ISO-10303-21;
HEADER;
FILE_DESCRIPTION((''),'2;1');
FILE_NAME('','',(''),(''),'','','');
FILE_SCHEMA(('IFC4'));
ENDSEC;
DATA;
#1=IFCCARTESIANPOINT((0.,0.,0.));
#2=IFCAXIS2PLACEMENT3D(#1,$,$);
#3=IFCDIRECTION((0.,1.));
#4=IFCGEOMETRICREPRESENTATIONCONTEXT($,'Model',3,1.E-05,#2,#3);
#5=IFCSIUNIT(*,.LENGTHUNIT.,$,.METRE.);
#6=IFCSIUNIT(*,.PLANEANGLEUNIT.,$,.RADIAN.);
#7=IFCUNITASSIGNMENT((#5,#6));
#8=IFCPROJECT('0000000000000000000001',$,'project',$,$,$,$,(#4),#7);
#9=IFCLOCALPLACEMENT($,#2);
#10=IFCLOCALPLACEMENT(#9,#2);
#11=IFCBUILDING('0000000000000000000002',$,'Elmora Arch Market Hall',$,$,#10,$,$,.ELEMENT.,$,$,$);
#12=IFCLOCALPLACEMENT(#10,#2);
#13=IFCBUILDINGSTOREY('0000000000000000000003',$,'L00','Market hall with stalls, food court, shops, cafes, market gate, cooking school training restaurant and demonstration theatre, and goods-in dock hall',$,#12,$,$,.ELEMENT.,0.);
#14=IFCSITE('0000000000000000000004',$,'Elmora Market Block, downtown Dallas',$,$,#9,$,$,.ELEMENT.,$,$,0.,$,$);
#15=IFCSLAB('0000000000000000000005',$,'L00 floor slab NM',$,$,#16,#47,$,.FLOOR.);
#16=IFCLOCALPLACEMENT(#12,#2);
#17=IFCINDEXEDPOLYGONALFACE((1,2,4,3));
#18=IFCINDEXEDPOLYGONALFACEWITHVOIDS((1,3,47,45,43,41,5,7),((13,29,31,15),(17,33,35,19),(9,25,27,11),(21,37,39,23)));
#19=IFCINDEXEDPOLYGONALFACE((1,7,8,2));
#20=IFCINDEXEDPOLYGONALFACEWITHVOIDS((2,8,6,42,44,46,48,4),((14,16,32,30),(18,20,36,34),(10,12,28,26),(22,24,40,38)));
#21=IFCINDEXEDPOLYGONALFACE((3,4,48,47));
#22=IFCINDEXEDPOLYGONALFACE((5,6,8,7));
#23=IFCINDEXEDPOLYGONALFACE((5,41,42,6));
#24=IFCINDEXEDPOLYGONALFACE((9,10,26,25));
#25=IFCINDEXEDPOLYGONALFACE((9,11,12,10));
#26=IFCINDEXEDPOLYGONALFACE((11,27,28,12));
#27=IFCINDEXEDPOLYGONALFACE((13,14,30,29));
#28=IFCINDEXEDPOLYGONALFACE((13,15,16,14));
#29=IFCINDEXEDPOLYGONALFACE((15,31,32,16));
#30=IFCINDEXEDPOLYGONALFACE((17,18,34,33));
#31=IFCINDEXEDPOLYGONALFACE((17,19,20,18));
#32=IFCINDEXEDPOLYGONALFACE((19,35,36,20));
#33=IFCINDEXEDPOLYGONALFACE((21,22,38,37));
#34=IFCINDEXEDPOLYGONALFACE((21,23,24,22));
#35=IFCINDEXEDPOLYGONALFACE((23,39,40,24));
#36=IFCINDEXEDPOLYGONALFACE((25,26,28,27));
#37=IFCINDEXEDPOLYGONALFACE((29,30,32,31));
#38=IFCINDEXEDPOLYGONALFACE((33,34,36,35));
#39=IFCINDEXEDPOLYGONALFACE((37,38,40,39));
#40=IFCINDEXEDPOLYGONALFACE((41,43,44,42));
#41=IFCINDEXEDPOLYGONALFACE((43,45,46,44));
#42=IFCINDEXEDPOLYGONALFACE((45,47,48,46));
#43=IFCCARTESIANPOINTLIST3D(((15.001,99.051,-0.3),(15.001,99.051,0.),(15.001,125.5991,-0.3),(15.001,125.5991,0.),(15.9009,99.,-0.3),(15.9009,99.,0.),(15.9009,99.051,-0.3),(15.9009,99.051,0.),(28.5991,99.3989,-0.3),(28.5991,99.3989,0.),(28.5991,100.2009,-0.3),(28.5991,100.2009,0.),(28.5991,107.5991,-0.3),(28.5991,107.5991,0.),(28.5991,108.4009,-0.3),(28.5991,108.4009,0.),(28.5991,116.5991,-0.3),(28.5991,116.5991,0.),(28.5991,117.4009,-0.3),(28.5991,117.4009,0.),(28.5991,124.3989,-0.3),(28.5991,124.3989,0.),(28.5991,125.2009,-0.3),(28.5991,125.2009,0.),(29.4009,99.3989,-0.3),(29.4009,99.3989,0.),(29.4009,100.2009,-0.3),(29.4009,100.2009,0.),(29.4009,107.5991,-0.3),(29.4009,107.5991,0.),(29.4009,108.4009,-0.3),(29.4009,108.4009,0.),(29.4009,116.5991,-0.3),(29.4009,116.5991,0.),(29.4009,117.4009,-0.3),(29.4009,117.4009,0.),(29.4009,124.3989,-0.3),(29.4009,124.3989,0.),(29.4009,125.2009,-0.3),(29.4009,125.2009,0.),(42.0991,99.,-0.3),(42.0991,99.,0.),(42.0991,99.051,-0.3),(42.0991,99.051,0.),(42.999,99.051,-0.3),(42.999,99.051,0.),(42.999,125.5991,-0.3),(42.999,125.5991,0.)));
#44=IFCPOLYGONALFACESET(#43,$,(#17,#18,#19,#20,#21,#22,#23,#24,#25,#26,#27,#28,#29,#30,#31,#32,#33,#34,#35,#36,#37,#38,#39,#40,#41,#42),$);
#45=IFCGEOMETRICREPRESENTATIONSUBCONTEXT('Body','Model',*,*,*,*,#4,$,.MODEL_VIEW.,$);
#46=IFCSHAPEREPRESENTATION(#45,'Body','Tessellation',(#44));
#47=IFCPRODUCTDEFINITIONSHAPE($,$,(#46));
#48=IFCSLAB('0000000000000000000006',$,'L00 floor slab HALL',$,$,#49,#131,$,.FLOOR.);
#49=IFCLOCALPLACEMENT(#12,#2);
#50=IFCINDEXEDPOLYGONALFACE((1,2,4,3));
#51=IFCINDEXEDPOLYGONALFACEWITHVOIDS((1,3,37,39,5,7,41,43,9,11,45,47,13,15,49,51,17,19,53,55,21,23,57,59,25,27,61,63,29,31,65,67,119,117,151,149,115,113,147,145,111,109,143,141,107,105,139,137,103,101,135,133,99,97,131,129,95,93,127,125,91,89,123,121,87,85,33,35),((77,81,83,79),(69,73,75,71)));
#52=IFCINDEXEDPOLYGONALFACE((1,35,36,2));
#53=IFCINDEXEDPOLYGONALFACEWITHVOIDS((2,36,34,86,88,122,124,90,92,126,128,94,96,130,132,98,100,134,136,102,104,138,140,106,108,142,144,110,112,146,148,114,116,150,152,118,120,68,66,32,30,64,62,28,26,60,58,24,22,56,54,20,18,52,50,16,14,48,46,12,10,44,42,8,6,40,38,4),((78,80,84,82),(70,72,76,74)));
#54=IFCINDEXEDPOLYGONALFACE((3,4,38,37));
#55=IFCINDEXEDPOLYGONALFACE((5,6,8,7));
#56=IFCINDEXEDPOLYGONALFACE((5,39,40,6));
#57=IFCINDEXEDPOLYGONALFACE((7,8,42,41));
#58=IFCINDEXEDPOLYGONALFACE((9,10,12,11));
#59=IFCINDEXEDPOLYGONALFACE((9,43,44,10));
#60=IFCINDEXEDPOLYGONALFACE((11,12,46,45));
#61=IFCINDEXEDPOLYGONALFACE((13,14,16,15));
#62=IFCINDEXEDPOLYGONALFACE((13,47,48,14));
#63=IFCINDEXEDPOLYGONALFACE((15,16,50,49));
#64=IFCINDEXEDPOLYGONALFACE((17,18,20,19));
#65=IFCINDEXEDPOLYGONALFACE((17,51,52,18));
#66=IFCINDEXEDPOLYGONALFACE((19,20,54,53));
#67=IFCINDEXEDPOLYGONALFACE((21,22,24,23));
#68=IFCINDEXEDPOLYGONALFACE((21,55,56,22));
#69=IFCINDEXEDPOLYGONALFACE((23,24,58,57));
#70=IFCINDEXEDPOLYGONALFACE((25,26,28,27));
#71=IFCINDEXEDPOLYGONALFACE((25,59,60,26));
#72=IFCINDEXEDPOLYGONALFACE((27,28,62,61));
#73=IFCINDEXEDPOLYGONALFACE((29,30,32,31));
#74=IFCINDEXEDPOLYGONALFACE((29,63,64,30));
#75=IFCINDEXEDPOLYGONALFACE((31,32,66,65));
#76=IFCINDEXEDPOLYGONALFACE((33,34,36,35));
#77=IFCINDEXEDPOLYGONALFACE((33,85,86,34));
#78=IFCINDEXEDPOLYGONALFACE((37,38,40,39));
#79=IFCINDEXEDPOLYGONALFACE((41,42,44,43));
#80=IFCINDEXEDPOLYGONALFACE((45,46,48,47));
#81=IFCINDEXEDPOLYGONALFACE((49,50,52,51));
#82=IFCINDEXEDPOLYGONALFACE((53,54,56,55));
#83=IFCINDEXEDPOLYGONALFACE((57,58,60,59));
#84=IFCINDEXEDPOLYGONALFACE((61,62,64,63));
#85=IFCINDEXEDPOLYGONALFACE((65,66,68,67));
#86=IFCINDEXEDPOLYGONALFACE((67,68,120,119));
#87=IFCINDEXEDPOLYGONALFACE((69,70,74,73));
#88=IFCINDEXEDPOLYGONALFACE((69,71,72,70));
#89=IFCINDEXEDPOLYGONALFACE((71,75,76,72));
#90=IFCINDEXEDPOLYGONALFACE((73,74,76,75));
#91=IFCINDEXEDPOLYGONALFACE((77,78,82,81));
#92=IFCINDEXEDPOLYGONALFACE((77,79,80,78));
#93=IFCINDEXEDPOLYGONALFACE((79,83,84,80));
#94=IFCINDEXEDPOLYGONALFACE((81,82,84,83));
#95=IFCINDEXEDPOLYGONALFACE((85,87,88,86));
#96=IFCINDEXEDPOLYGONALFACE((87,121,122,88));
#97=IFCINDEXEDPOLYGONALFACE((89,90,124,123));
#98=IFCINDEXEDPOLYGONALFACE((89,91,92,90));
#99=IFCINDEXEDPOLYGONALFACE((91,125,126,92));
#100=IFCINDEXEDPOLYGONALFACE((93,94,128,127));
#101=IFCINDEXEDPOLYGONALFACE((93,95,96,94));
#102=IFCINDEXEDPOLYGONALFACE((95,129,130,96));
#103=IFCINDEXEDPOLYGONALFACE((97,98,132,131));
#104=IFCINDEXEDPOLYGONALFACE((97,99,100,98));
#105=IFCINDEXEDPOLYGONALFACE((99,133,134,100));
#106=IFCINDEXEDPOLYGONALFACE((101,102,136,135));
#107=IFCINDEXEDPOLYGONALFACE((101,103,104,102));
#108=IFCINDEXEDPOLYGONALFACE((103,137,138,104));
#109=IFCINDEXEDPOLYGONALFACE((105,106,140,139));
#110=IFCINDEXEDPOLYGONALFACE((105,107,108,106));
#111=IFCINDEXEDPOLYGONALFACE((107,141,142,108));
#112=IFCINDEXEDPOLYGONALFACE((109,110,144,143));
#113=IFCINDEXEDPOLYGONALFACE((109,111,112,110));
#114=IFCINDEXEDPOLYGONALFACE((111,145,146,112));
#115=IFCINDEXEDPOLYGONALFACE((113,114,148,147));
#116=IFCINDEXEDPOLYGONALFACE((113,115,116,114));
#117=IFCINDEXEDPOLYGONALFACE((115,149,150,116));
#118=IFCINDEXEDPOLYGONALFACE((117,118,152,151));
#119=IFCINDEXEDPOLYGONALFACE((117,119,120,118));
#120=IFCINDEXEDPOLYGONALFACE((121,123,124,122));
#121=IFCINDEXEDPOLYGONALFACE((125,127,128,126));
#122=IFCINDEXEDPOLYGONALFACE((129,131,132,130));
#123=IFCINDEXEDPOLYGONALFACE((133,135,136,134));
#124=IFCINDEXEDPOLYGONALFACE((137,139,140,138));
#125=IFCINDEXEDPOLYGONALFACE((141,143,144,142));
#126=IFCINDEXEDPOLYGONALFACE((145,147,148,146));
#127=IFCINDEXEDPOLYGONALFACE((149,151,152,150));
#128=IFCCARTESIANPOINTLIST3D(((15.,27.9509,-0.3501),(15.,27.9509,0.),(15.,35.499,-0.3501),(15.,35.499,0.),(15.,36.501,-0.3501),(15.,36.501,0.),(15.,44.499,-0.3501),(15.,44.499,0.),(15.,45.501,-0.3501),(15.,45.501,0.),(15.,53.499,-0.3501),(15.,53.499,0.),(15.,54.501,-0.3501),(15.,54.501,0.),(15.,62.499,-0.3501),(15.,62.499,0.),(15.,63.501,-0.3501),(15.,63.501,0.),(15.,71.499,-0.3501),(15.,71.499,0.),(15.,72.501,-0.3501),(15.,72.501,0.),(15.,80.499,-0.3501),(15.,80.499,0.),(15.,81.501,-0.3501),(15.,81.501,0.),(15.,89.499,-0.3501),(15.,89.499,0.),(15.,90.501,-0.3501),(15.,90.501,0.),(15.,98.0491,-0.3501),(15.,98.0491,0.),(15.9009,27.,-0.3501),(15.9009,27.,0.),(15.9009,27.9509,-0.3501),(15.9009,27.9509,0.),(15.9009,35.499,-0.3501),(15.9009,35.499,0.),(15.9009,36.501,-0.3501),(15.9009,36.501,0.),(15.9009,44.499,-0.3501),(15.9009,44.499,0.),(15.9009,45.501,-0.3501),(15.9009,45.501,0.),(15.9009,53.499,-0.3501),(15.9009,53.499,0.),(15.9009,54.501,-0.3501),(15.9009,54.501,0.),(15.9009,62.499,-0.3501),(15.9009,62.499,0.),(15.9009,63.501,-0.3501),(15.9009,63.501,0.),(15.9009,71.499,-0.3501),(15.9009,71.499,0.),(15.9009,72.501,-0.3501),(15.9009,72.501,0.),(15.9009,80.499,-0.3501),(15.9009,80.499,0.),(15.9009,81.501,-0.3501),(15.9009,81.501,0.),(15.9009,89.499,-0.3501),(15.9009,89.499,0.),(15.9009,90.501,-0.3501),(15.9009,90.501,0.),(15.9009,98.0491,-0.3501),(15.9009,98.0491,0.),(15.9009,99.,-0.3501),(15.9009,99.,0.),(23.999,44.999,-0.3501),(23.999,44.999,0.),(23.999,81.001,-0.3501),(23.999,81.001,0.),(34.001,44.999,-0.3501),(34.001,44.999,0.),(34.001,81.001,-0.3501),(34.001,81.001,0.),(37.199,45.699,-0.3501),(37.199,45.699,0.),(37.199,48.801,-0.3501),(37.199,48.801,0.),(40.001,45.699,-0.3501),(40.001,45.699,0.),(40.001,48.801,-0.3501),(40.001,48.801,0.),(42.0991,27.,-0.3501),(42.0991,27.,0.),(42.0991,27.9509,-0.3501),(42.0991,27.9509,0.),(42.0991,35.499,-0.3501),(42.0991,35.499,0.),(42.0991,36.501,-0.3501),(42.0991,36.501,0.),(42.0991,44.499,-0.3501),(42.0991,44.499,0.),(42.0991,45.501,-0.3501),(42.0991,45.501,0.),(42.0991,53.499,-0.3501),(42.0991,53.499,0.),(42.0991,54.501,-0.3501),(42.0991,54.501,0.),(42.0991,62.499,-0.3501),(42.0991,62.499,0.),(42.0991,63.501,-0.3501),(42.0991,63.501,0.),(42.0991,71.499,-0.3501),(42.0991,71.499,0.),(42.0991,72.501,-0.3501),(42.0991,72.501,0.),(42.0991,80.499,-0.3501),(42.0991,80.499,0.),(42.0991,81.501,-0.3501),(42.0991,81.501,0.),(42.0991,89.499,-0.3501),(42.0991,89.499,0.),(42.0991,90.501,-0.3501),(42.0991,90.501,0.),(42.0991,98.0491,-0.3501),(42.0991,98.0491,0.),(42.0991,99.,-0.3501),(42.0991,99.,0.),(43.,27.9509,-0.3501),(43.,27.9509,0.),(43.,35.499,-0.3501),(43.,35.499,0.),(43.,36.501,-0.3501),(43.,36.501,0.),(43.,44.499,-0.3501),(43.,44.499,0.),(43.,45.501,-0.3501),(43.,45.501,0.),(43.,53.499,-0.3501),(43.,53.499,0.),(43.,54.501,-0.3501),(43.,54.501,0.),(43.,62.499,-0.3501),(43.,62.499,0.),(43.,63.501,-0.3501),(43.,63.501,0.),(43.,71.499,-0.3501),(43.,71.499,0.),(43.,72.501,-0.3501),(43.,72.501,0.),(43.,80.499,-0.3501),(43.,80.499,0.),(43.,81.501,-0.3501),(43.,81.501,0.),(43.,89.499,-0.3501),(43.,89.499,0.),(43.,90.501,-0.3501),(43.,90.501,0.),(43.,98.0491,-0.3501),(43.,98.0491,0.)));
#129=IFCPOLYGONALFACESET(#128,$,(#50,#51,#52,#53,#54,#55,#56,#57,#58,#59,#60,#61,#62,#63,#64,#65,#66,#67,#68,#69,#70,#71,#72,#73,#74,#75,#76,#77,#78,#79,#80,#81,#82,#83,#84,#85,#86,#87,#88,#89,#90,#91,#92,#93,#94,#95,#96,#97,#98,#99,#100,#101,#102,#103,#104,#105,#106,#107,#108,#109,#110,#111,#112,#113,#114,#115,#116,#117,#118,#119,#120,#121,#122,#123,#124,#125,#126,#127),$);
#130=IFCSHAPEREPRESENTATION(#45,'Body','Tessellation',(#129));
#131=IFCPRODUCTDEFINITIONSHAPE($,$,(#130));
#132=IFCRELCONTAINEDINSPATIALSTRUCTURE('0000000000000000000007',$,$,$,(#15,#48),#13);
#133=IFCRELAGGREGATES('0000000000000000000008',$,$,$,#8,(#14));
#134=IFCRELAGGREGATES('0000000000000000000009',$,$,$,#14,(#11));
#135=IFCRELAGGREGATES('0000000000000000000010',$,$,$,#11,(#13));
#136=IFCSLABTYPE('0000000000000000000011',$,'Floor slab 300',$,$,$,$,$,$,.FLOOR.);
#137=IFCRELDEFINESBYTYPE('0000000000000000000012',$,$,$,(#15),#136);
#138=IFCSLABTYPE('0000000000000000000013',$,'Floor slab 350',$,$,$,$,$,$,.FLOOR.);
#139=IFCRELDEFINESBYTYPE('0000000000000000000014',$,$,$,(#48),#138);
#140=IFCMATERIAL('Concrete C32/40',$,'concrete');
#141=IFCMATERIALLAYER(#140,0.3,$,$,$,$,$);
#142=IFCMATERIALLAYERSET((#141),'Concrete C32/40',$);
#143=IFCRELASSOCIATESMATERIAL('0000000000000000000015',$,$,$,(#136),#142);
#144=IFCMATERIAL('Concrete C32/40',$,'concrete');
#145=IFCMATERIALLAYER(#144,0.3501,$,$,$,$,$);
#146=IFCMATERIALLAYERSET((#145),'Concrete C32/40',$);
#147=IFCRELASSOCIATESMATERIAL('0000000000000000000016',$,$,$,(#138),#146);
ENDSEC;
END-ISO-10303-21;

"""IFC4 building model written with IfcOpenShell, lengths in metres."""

from ifc_helpers import new_model, si_unit, direction, frame, origin, place, context, subcontext, project, spatial, polyline, outline, extrude, material, layer, layer_set, type_object, element, save


model = new_model("IFC4")

# Units and contexts
model_context = context("Model", 3, precision=1e-05, world=origin(), true_north=direction((0.0, 1.0)))
body_context = subcontext(model_context, "Body", "Model", "MODEL_VIEW")
ifc_project = project(units=[si_unit("LENGTHUNIT", "METRE"), si_unit("PLANEANGLEUNIT", "RADIAN")], contexts=[model_context])

# Site, building, storey
site_placement = place(None, origin())
site = spatial("IfcSite", under=ifc_project, at=site_placement, Name="Elmora Market Block, downtown Dallas", CompositionType="ELEMENT", RefElevation=0.0)
building_placement = place(site_placement, origin())
building = spatial("IfcBuilding", under=site, at=building_placement, Name="Elmora Arch Market Hall", CompositionType="ELEMENT")
storey_placement = place(building_placement, origin())
storey = spatial("IfcBuildingStorey", under=building, at=storey_placement, Name="L00", Description="Market hall with stalls, food court, shops, cafes, market gate, cooking school training restaurant and demonstration theatre, and goods-in dock hall", CompositionType="ELEMENT", Elevation=0.0)

# Slabs
ifc_material_1 = material(Name="Concrete C32/40", Category="concrete")
ifc_layer_1 = layer(ifc_material_1, 0.3)
ifc_layer_set_1 = layer_set([ifc_layer_1], Name="Concrete C32/40")
slab_type_1 = type_object("IfcSlabType", Name="Floor slab 300", PredefinedType="FLOOR", material=ifc_layer_set_1)
slab_1_placement = place(storey_placement, frame((0.0, 0.0, -0.3)))
element("IfcSlab", 1, at=slab_1_placement, inside=storey, type_object=slab_type_1, Name="L00 floor slab NM", PredefinedType="FLOOR", context=body_context, shape_type="SweptSolid", body=[
    extrude(outline(polyline([(15.9009, 99.0), (15.9009, 99.051), (15.001, 99.051), (15.001, 125.5991), (42.999, 125.5991), (42.999, 99.051), (42.0991, 99.051), (42.0991, 99.0), (15.9009, 99.0)]), holes=[polyline([(29.4009, 117.4009), (28.5991, 117.4009), (28.5991, 116.5991), (29.4009, 116.5991), (29.4009, 117.4009)]), polyline([(29.4009, 100.2009), (28.5991, 100.2009), (28.5991, 99.3989), (29.4009, 99.3989), (29.4009, 100.2009)]), polyline([(29.4009, 108.4009), (28.5991, 108.4009), (28.5991, 107.5991), (29.4009, 107.5991), (29.4009, 108.4009)]), polyline([(29.4009, 125.2009), (28.5991, 125.2009), (28.5991, 124.3989), (29.4009, 124.3989), (29.4009, 125.2009)])]), origin(), (0.0, 0.0, 1.0), 0.3),
])
ifc_material_2 = material(Name="Concrete C32/40", Category="concrete")
ifc_layer_2 = layer(ifc_material_2, 0.3501)
ifc_layer_set_2 = layer_set([ifc_layer_2], Name="Concrete C32/40")
slab_type_2 = type_object("IfcSlabType", Name="Floor slab 350", PredefinedType="FLOOR", material=ifc_layer_set_2)
slab_2_placement = place(storey_placement, frame((0.0, 0.0, -0.3501)))
element("IfcSlab", 2, at=slab_2_placement, inside=storey, type_object=slab_type_2, Name="L00 floor slab HALL", PredefinedType="FLOOR", context=body_context, shape_type="SweptSolid", body=[
    extrude(outline(polyline([(43.0, 27.9509), (42.0991, 27.9509), (42.0991, 27.0), (15.9009, 27.0), (15.9009, 27.9509), (15.0, 27.9509), (15.0, 35.499), (15.9009, 35.499), (15.9009, 36.501), (15.0, 36.501), (15.0, 44.499), (15.9009, 44.499), (15.9009, 45.501), (15.0, 45.501), (15.0, 53.499), (15.9009, 53.499), (15.9009, 54.501), (15.0, 54.501), (15.0, 62.499), (15.9009, 62.499), (15.9009, 63.501), (15.0, 63.501), (15.0, 71.499), (15.9009, 71.499), (15.9009, 72.501), (15.0, 72.501), (15.0, 80.499), (15.9009, 80.499), (15.9009, 81.501), (15.0, 81.501), (15.0, 89.499), (15.9009, 89.499), (15.9009, 90.501), (15.0, 90.501), (15.0, 98.0491), (15.9009, 98.0491), (15.9009, 99.0), (42.0991, 99.0), (42.0991, 98.0491), (43.0, 98.0491), (43.0, 90.501), (42.0991, 90.501), (42.0991, 89.499), (43.0, 89.499), (43.0, 81.501), (42.0991, 81.501), (42.0991, 80.499), (43.0, 80.499), (43.0, 72.501), (42.0991, 72.501), (42.0991, 71.499), (43.0, 71.499), (43.0, 63.501), (42.0991, 63.501), (42.0991, 62.499), (43.0, 62.499), (43.0, 54.501), (42.0991, 54.501), (42.0991, 53.499), (43.0, 53.499), (43.0, 45.501), (42.0991, 45.501), (42.0991, 44.499), (43.0, 44.499), (43.0, 36.501), (42.0991, 36.501), (42.0991, 35.499), (43.0, 35.499), (43.0, 27.9509)]), holes=[polyline([(40.001, 45.699), (40.001, 48.801), (37.199, 48.801), (37.199, 45.699), (40.001, 45.699)]), polyline([(23.999, 81.001), (23.999, 44.999), (34.001, 44.999), (34.001, 81.001), (23.999, 81.001)])]), origin(), (0.0, 0.0, 1.0), 0.3501),
])

save(model, "model.ifc")
